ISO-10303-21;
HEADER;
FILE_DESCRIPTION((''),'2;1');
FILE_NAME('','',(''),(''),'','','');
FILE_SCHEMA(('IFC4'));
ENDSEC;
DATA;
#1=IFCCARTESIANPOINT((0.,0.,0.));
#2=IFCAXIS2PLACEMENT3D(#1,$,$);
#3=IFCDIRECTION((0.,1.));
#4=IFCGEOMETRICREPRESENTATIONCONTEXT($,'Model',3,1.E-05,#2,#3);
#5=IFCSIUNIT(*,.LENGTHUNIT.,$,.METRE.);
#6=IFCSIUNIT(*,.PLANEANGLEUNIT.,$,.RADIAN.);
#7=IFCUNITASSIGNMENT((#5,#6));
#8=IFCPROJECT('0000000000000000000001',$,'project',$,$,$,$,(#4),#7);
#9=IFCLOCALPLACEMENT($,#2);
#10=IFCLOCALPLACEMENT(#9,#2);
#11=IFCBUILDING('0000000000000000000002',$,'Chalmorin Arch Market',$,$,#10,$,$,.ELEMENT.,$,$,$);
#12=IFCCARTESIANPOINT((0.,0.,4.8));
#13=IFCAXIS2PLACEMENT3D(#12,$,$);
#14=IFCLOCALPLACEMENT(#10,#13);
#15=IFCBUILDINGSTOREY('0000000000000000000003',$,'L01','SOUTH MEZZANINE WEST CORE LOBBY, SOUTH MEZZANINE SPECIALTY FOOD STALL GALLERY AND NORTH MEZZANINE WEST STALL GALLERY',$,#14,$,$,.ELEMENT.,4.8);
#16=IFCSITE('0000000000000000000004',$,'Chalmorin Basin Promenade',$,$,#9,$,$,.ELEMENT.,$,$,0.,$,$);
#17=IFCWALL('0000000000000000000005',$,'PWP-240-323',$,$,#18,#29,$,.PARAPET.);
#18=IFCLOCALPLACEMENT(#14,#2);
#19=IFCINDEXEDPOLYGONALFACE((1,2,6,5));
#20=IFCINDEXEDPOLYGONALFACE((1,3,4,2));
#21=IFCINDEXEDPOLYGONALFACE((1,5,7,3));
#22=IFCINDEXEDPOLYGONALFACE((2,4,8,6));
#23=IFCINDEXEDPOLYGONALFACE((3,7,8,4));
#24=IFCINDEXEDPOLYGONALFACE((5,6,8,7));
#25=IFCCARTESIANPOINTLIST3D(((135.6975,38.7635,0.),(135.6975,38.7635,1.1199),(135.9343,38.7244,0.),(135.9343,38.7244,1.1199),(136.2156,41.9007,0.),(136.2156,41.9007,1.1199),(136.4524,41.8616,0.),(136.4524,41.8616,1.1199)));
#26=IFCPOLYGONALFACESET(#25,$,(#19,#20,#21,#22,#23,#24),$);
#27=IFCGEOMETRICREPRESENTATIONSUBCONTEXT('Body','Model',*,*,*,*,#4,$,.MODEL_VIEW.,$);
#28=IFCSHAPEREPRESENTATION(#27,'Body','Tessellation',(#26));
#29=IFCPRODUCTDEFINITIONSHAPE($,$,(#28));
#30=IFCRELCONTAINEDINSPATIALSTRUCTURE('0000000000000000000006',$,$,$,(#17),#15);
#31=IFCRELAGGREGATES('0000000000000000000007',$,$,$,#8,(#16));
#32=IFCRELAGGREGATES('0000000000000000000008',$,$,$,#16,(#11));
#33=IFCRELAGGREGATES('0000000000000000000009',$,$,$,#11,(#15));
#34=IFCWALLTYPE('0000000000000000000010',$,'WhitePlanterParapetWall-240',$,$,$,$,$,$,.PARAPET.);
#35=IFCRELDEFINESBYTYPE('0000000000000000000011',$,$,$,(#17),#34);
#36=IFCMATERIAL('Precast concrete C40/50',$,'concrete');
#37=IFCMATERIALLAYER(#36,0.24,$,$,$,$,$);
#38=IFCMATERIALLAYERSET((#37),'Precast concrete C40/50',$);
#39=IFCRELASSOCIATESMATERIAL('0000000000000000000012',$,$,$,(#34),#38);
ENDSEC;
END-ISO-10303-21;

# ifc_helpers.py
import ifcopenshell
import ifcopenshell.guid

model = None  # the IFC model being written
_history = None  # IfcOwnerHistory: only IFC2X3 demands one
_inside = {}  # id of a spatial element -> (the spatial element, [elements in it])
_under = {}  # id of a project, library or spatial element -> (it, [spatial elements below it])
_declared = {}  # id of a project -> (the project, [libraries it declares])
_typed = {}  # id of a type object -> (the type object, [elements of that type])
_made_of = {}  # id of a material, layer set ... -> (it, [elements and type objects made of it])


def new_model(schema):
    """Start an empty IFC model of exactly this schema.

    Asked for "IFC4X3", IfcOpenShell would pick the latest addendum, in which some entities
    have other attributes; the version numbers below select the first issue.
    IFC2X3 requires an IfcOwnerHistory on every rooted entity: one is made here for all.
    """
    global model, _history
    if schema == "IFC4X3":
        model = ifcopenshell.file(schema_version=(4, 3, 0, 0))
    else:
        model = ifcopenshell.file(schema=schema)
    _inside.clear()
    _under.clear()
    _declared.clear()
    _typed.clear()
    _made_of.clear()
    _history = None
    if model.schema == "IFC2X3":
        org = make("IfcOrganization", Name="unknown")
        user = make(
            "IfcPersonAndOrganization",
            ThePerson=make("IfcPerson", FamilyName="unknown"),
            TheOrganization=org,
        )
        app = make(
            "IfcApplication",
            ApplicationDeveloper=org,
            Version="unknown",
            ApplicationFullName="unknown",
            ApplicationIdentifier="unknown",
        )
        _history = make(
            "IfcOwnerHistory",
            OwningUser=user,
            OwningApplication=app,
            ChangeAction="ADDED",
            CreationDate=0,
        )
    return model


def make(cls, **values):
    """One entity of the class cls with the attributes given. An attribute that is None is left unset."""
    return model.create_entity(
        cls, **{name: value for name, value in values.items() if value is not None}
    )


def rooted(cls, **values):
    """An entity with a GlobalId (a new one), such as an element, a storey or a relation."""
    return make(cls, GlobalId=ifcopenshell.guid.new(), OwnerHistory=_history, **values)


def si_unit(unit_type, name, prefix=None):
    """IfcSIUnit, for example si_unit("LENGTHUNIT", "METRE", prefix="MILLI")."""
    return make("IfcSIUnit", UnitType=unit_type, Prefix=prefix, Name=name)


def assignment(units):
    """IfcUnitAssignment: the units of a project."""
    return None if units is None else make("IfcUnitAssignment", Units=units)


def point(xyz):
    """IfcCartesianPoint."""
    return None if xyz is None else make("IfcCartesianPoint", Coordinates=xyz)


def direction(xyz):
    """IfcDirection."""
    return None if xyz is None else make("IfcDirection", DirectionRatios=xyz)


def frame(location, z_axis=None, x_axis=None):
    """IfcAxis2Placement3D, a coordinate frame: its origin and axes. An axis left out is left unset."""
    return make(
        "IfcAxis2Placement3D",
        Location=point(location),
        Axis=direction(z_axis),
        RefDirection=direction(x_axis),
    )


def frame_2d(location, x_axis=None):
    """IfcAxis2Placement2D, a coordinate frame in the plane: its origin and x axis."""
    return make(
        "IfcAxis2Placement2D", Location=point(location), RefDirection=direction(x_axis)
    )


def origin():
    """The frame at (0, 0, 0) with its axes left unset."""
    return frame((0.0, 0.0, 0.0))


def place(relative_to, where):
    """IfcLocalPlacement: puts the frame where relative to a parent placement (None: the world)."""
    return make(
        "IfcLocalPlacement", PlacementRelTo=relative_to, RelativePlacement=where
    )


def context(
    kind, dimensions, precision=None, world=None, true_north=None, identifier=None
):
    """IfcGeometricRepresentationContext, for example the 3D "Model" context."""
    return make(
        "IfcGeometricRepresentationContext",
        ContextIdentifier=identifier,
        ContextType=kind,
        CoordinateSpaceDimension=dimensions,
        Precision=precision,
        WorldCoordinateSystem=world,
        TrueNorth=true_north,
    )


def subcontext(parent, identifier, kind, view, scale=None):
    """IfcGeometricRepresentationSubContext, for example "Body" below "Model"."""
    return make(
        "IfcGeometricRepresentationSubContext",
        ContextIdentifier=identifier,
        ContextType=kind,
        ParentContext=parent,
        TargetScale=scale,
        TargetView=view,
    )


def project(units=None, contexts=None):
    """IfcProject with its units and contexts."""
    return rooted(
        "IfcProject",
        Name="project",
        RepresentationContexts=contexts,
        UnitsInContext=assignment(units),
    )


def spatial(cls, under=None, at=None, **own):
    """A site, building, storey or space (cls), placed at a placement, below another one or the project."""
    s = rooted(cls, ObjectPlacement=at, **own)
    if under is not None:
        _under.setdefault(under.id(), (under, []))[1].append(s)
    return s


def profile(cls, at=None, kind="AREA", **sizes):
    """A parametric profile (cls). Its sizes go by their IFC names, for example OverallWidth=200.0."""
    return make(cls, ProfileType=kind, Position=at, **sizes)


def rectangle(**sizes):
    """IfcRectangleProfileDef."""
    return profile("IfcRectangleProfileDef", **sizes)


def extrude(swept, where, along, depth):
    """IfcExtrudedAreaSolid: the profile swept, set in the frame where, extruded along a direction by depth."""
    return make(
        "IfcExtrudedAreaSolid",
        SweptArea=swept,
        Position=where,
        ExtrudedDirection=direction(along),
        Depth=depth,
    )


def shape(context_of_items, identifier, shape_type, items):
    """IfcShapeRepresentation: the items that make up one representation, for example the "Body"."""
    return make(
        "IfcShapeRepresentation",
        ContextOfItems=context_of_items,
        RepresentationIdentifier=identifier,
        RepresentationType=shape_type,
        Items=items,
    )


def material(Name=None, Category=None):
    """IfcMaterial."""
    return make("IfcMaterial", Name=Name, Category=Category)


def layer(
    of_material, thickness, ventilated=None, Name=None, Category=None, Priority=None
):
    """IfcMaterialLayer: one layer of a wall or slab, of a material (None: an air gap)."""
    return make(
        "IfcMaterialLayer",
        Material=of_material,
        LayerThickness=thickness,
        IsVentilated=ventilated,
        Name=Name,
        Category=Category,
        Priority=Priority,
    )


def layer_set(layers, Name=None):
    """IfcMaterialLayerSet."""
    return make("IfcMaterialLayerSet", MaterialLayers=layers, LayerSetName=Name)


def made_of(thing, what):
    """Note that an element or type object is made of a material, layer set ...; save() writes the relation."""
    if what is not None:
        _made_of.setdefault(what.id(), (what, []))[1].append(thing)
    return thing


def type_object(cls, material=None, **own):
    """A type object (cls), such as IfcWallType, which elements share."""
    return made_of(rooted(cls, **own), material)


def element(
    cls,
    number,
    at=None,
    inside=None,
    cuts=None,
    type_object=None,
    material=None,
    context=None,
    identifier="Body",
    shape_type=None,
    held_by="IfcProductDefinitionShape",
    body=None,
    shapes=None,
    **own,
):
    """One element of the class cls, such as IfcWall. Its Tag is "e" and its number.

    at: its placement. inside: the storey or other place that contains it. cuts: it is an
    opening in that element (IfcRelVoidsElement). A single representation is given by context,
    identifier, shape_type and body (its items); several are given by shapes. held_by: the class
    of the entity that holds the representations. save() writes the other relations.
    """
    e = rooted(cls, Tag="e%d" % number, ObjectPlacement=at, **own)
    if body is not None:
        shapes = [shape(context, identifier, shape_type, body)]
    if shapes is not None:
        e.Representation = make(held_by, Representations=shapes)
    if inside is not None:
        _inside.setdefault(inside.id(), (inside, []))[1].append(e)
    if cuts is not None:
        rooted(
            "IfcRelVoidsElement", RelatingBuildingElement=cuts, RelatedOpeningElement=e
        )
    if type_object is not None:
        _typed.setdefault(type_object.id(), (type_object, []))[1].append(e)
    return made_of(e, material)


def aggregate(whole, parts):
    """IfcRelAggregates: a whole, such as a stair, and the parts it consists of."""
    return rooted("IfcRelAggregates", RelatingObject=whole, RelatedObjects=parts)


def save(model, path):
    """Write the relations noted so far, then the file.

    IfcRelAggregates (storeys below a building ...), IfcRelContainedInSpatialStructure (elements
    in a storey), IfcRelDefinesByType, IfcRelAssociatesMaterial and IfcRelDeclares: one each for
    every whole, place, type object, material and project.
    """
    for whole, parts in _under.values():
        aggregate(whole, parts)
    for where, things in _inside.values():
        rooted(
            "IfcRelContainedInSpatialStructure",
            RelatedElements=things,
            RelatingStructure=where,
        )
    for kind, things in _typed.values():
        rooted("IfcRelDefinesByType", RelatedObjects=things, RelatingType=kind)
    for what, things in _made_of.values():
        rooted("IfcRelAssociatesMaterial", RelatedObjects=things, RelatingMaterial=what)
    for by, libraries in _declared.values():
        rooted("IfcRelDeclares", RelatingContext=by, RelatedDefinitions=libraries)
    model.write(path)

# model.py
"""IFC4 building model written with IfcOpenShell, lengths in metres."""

from ifc_helpers import new_model, si_unit, direction, frame, frame_2d, origin, place, context, subcontext, project, spatial, rectangle, extrude, material, layer, layer_set, type_object, element, save


model = new_model("IFC4")

# Units and contexts
model_context = context("Model", 3, precision=1e-05, world=origin(), true_north=direction((0.0, 1.0)))
body_context = subcontext(model_context, "Body", "Model", "MODEL_VIEW")
ifc_project = project(units=[si_unit("LENGTHUNIT", "METRE"), si_unit("PLANEANGLEUNIT", "RADIAN")], contexts=[model_context])

# Site, building, storey
site_placement = place(None, origin())
site = spatial("IfcSite", under=ifc_project, at=site_placement, Name="Chalmorin Basin Promenade", CompositionType="ELEMENT", RefElevation=0.0)
building_placement = place(site_placement, origin())
building = spatial("IfcBuilding", under=site, at=building_placement, Name="Chalmorin Arch Market", CompositionType="ELEMENT")
storey_placement = place(building_placement, frame((0.0, 0.0, 4.8)))
storey = spatial("IfcBuildingStorey", under=building, at=storey_placement, Name="L01", Description="SOUTH MEZZANINE WEST CORE LOBBY, SOUTH MEZZANINE SPECIALTY FOOD STALL GALLERY AND NORTH MEZZANINE WEST STALL GALLERY", CompositionType="ELEMENT", Elevation=4.8)

# Wall
ifc_material_1 = material(Name="Precast concrete C40/50", Category="concrete")
ifc_layer_1 = layer(ifc_material_1, 0.24)
ifc_layer_set_1 = layer_set([ifc_layer_1], Name="Precast concrete C40/50")
wall_type = type_object("IfcWallType", Name="WhitePlanterParapetWall-240", PredefinedType="PARAPET", material=ifc_layer_set_1)
wall_placement = place(storey_placement, frame((136.334, 41.8811, 0.0), z_axis=(0.0, 0.0, 1.0), x_axis=(-0.16293, -0.986638, 0.0)))
element("IfcWall", 1, at=wall_placement, inside=storey, type_object=wall_type, Name="PWP-240-323", PredefinedType="PARAPET", context=body_context, shape_type="SweptSolid", body=[
    extrude(rectangle(XDim=3.1797, YDim=0.24, at=frame_2d((1.5898, 0.0))), origin(), (0.0, 0.0, 1.0), 1.1199),
])

save(model, "model.ifc")
